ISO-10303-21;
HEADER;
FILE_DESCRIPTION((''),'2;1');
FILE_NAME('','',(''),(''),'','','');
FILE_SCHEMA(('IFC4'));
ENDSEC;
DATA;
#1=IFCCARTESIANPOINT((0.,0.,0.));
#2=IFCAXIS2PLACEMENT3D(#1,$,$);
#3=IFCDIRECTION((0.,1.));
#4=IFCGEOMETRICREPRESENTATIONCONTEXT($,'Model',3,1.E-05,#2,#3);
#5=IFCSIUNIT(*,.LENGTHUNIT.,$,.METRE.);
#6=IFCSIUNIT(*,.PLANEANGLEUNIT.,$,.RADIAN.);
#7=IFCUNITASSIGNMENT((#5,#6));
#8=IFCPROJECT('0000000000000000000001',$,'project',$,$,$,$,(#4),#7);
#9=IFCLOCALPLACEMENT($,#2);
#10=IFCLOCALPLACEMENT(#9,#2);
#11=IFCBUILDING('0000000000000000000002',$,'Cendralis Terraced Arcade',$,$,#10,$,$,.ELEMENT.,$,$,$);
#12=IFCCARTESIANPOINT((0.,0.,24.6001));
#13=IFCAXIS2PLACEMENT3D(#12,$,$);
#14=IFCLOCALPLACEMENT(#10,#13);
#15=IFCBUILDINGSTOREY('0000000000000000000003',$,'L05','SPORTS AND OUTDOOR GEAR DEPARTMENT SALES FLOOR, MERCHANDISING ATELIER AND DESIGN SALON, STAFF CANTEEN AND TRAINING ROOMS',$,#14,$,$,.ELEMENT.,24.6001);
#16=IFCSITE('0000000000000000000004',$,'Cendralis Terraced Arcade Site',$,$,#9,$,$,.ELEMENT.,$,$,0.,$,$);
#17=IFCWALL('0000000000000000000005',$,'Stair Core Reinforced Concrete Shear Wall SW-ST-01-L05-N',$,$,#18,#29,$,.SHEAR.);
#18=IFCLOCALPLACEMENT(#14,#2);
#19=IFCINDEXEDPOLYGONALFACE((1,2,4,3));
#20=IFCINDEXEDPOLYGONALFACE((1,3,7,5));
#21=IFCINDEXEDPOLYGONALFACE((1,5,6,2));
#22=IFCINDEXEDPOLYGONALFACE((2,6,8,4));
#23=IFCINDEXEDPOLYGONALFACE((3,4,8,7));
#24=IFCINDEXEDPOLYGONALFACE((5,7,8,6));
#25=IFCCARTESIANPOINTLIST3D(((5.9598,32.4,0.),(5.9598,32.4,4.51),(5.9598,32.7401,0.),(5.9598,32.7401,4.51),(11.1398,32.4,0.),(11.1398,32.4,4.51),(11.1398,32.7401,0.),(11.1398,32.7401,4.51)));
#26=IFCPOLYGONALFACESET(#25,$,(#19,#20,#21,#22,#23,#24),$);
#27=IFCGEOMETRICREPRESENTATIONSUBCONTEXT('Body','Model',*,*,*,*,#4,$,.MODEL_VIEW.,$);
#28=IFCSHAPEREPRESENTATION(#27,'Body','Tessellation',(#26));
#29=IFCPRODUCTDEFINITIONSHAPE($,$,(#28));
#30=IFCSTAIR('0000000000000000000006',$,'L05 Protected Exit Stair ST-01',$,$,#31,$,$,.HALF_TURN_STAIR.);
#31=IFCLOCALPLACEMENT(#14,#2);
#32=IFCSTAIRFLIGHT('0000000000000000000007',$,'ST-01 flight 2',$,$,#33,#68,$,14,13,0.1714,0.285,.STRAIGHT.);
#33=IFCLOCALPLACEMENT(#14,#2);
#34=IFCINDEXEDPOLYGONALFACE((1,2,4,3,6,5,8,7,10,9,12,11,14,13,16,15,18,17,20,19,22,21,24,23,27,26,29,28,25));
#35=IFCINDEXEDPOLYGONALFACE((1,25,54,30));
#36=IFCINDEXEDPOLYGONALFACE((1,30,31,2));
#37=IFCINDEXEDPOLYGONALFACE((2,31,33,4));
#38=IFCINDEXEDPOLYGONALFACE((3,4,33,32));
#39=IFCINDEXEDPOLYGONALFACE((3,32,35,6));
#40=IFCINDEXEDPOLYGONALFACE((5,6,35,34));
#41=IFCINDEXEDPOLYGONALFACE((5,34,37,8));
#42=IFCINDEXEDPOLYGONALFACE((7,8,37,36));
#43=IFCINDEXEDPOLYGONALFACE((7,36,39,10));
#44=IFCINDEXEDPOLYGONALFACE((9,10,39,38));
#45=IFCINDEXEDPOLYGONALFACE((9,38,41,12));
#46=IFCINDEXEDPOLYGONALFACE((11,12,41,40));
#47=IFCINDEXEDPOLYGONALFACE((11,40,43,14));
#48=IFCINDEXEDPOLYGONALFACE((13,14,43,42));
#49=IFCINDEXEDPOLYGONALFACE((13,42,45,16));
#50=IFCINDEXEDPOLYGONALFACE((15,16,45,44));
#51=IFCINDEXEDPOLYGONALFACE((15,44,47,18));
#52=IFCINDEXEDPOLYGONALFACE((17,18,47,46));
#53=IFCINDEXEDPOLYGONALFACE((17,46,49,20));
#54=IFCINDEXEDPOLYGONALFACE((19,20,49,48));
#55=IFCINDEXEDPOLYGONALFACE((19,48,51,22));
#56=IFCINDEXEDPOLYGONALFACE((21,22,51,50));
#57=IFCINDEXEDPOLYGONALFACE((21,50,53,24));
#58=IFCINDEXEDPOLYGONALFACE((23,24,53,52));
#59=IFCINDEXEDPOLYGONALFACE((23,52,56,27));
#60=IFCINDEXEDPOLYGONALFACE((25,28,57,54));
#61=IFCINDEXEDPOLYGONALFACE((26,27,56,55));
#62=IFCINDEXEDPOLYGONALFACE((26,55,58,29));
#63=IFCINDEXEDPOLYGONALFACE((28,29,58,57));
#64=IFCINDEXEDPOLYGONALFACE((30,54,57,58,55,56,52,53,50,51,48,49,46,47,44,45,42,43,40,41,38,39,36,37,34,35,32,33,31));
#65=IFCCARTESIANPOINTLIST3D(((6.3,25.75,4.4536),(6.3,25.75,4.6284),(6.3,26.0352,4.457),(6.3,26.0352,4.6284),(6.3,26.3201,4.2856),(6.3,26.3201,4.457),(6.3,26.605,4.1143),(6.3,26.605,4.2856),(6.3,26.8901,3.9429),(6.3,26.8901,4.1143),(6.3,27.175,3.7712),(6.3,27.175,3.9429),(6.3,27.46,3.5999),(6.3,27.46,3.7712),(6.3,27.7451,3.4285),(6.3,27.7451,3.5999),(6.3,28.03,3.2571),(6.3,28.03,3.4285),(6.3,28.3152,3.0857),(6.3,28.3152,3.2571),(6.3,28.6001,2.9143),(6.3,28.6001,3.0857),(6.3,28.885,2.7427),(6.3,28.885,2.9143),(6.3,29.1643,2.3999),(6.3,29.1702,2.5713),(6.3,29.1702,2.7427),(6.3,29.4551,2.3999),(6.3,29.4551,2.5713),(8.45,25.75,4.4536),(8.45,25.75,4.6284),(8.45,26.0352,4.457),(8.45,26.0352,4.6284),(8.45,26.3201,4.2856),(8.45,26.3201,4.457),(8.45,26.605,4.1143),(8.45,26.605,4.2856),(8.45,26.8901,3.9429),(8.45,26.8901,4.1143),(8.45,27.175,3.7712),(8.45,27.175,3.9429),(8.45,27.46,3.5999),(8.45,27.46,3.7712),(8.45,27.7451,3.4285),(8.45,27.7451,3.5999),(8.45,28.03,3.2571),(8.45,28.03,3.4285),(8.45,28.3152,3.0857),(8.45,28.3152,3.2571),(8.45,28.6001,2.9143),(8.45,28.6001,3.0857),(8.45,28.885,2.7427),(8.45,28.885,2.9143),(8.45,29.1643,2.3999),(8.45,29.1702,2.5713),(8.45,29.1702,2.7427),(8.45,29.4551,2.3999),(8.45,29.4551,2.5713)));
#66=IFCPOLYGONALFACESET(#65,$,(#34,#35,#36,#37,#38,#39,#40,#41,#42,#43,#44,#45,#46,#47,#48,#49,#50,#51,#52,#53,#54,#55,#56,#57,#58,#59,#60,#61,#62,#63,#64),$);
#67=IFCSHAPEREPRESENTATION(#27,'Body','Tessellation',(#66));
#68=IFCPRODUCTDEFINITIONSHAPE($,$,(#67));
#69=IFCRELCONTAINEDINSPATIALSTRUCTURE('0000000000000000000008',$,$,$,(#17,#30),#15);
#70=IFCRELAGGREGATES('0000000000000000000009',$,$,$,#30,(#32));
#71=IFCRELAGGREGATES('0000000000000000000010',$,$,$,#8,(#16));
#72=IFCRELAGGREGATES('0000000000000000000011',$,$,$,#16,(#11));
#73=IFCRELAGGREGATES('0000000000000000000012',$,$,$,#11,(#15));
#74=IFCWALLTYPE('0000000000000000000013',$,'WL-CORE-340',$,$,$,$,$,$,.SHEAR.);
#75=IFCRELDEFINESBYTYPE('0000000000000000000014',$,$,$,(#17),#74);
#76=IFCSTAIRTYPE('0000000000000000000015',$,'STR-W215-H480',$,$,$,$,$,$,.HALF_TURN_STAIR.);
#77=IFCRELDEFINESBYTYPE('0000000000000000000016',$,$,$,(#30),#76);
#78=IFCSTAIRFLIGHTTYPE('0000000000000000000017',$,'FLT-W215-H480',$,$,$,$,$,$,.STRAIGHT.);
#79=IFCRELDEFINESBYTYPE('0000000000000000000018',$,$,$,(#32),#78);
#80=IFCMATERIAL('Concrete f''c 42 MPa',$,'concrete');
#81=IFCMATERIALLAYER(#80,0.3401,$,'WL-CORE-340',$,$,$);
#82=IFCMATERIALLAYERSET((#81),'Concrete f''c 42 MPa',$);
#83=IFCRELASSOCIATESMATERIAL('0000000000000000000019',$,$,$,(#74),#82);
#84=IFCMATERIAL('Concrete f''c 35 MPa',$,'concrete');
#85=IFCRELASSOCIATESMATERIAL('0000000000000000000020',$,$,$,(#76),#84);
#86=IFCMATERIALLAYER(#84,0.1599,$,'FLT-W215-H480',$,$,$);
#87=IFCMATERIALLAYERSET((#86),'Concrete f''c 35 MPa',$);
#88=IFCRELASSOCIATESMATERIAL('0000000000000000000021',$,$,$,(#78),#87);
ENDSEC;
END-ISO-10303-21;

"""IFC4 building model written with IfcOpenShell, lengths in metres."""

from ifc_helpers import new_model, si_unit, direction, frame, frame_2d, origin, place, context, subcontext, project, spatial, polyline, rectangle, outline, extrude, material, layer, layer_set, type_object, element, aggregate, save


model = new_model("IFC4")

# Units and contexts
model_context = context("Model", 3, precision=1e-05, world=origin(), true_north=direction((0.0, 1.0)))
body_context = subcontext(model_context, "Body", "Model", "MODEL_VIEW")
ifc_project = project(units=[si_unit("LENGTHUNIT", "METRE"), si_unit("PLANEANGLEUNIT", "RADIAN")], contexts=[model_context])

# Site, building, storey
site_placement = place(None, origin())
site = spatial("IfcSite", under=ifc_project, at=site_placement, Name="Cendralis Terraced Arcade Site", CompositionType="ELEMENT", RefElevation=0.0)
building_placement = place(site_placement, origin())
building = spatial("IfcBuilding", under=site, at=building_placement, Name="Cendralis Terraced Arcade", CompositionType="ELEMENT")
storey_placement = place(building_placement, frame((0.0, 0.0, 24.6001)))
storey = spatial("IfcBuildingStorey", under=building, at=storey_placement, Name="L05", Description="SPORTS AND OUTDOOR GEAR DEPARTMENT SALES FLOOR, MERCHANDISING ATELIER AND DESIGN SALON, STAFF CANTEEN AND TRAINING ROOMS", CompositionType="ELEMENT", Elevation=24.6001)

# Wall
ifc_material_1 = material(Name="Concrete f'c 42 MPa", Category="concrete")
ifc_layer_1 = layer(ifc_material_1, 0.3401, Name="WL-CORE-340")
ifc_layer_set_1 = layer_set([ifc_layer_1], Name="Concrete f'c 42 MPa")
wall_type = type_object("IfcWallType", Name="WL-CORE-340", PredefinedType="SHEAR", material=ifc_layer_set_1)
wall_placement = place(storey_placement, frame((5.96, 32.5701, 0.0), z_axis=(0.0, 0.0, 1.0), x_axis=(1.0, 0.0, 0.0)))
element("IfcWall", 1, at=wall_placement, inside=storey, type_object=wall_type, Name="Stair Core Reinforced Concrete Shear Wall SW-ST-01-L05-N", PredefinedType="SHEAR", context=body_context, shape_type="SweptSolid", body=[
    extrude(rectangle(XDim=5.1799, YDim=0.3401, at=frame_2d((2.5898, 0.0))), origin(), (0.0, 0.0, 1.0), 4.51),
])

# Stair, stair flight
ifc_material_2 = material(Name="Concrete f'c 35 MPa", Category="concrete")
stair_type = type_object("IfcStairType", Name="STR-W215-H480", PredefinedType="HALF_TURN_STAIR", material=ifc_material_2)
stair_placement = place(storey_placement, origin())
stair = element("IfcStair", 2, at=stair_placement, inside=storey, type_object=stair_type, Name="L05 Protected Exit Stair ST-01", PredefinedType="HALF_TURN_STAIR")
ifc_layer_2 = layer(ifc_material_2, 0.1599, Name="FLT-W215-H480")
ifc_layer_set_2 = layer_set([ifc_layer_2], Name="Concrete f'c 35 MPa")
stair_flight_type = type_object("IfcStairFlightType", Name="FLT-W215-H480", PredefinedType="STRAIGHT", material=ifc_layer_set_2)
stair_flight_placement = place(storey_placement, frame((7.375, 29.4551, 2.3999), z_axis=(0.0, 0.0, 1.0), x_axis=(0.0, -1.0, 0.0)))
stair_flight = element("IfcStairFlight", 3, at=stair_flight_placement, type_object=stair_flight_type, Name="ST-01 flight 2", NumberOfRisers=14, NumberOfTreads=13, PredefinedType="STRAIGHT", RiserHeight=0.1714, TreadLength=0.285, context=body_context, shape_type="SweptSolid", body=[
    extrude(outline(polyline([(0.0, 0.0), (0.0, 0.1714), (0.2849, 0.1714), (0.2849, 0.3428), (0.5701, 0.3428), (0.5701, 0.5144), (0.855, 0.5144), (0.855, 0.6858), (1.1399, 0.6858), (1.1399, 0.8572), (1.425, 0.8572), (1.425, 1.0286), (1.71, 1.0286), (1.71, 1.2), (1.9951, 1.2), (1.9951, 1.3713), (2.28, 1.3713), (2.28, 1.543), (2.5649, 1.543), (2.5649, 1.7144), (2.8501, 1.7144), (2.8501, 1.8857), (3.135, 1.8857), (3.135, 2.0571), (3.4199, 2.0571), (3.4199, 2.2285), (3.7051, 2.2285), (3.7051, 2.3999), (3.7051, 2.0537), (0.2908, 0.0), (0.0, 0.0)])), frame((0.0, 1.075, 0.0), z_axis=(0.0, -1.0, 0.0), x_axis=(1.0, 0.0, 0.0)), (0.0, 0.0, 1.0), 2.1499),
])
aggregate(stair, [stair_flight])

save(model, "model.ifc")
